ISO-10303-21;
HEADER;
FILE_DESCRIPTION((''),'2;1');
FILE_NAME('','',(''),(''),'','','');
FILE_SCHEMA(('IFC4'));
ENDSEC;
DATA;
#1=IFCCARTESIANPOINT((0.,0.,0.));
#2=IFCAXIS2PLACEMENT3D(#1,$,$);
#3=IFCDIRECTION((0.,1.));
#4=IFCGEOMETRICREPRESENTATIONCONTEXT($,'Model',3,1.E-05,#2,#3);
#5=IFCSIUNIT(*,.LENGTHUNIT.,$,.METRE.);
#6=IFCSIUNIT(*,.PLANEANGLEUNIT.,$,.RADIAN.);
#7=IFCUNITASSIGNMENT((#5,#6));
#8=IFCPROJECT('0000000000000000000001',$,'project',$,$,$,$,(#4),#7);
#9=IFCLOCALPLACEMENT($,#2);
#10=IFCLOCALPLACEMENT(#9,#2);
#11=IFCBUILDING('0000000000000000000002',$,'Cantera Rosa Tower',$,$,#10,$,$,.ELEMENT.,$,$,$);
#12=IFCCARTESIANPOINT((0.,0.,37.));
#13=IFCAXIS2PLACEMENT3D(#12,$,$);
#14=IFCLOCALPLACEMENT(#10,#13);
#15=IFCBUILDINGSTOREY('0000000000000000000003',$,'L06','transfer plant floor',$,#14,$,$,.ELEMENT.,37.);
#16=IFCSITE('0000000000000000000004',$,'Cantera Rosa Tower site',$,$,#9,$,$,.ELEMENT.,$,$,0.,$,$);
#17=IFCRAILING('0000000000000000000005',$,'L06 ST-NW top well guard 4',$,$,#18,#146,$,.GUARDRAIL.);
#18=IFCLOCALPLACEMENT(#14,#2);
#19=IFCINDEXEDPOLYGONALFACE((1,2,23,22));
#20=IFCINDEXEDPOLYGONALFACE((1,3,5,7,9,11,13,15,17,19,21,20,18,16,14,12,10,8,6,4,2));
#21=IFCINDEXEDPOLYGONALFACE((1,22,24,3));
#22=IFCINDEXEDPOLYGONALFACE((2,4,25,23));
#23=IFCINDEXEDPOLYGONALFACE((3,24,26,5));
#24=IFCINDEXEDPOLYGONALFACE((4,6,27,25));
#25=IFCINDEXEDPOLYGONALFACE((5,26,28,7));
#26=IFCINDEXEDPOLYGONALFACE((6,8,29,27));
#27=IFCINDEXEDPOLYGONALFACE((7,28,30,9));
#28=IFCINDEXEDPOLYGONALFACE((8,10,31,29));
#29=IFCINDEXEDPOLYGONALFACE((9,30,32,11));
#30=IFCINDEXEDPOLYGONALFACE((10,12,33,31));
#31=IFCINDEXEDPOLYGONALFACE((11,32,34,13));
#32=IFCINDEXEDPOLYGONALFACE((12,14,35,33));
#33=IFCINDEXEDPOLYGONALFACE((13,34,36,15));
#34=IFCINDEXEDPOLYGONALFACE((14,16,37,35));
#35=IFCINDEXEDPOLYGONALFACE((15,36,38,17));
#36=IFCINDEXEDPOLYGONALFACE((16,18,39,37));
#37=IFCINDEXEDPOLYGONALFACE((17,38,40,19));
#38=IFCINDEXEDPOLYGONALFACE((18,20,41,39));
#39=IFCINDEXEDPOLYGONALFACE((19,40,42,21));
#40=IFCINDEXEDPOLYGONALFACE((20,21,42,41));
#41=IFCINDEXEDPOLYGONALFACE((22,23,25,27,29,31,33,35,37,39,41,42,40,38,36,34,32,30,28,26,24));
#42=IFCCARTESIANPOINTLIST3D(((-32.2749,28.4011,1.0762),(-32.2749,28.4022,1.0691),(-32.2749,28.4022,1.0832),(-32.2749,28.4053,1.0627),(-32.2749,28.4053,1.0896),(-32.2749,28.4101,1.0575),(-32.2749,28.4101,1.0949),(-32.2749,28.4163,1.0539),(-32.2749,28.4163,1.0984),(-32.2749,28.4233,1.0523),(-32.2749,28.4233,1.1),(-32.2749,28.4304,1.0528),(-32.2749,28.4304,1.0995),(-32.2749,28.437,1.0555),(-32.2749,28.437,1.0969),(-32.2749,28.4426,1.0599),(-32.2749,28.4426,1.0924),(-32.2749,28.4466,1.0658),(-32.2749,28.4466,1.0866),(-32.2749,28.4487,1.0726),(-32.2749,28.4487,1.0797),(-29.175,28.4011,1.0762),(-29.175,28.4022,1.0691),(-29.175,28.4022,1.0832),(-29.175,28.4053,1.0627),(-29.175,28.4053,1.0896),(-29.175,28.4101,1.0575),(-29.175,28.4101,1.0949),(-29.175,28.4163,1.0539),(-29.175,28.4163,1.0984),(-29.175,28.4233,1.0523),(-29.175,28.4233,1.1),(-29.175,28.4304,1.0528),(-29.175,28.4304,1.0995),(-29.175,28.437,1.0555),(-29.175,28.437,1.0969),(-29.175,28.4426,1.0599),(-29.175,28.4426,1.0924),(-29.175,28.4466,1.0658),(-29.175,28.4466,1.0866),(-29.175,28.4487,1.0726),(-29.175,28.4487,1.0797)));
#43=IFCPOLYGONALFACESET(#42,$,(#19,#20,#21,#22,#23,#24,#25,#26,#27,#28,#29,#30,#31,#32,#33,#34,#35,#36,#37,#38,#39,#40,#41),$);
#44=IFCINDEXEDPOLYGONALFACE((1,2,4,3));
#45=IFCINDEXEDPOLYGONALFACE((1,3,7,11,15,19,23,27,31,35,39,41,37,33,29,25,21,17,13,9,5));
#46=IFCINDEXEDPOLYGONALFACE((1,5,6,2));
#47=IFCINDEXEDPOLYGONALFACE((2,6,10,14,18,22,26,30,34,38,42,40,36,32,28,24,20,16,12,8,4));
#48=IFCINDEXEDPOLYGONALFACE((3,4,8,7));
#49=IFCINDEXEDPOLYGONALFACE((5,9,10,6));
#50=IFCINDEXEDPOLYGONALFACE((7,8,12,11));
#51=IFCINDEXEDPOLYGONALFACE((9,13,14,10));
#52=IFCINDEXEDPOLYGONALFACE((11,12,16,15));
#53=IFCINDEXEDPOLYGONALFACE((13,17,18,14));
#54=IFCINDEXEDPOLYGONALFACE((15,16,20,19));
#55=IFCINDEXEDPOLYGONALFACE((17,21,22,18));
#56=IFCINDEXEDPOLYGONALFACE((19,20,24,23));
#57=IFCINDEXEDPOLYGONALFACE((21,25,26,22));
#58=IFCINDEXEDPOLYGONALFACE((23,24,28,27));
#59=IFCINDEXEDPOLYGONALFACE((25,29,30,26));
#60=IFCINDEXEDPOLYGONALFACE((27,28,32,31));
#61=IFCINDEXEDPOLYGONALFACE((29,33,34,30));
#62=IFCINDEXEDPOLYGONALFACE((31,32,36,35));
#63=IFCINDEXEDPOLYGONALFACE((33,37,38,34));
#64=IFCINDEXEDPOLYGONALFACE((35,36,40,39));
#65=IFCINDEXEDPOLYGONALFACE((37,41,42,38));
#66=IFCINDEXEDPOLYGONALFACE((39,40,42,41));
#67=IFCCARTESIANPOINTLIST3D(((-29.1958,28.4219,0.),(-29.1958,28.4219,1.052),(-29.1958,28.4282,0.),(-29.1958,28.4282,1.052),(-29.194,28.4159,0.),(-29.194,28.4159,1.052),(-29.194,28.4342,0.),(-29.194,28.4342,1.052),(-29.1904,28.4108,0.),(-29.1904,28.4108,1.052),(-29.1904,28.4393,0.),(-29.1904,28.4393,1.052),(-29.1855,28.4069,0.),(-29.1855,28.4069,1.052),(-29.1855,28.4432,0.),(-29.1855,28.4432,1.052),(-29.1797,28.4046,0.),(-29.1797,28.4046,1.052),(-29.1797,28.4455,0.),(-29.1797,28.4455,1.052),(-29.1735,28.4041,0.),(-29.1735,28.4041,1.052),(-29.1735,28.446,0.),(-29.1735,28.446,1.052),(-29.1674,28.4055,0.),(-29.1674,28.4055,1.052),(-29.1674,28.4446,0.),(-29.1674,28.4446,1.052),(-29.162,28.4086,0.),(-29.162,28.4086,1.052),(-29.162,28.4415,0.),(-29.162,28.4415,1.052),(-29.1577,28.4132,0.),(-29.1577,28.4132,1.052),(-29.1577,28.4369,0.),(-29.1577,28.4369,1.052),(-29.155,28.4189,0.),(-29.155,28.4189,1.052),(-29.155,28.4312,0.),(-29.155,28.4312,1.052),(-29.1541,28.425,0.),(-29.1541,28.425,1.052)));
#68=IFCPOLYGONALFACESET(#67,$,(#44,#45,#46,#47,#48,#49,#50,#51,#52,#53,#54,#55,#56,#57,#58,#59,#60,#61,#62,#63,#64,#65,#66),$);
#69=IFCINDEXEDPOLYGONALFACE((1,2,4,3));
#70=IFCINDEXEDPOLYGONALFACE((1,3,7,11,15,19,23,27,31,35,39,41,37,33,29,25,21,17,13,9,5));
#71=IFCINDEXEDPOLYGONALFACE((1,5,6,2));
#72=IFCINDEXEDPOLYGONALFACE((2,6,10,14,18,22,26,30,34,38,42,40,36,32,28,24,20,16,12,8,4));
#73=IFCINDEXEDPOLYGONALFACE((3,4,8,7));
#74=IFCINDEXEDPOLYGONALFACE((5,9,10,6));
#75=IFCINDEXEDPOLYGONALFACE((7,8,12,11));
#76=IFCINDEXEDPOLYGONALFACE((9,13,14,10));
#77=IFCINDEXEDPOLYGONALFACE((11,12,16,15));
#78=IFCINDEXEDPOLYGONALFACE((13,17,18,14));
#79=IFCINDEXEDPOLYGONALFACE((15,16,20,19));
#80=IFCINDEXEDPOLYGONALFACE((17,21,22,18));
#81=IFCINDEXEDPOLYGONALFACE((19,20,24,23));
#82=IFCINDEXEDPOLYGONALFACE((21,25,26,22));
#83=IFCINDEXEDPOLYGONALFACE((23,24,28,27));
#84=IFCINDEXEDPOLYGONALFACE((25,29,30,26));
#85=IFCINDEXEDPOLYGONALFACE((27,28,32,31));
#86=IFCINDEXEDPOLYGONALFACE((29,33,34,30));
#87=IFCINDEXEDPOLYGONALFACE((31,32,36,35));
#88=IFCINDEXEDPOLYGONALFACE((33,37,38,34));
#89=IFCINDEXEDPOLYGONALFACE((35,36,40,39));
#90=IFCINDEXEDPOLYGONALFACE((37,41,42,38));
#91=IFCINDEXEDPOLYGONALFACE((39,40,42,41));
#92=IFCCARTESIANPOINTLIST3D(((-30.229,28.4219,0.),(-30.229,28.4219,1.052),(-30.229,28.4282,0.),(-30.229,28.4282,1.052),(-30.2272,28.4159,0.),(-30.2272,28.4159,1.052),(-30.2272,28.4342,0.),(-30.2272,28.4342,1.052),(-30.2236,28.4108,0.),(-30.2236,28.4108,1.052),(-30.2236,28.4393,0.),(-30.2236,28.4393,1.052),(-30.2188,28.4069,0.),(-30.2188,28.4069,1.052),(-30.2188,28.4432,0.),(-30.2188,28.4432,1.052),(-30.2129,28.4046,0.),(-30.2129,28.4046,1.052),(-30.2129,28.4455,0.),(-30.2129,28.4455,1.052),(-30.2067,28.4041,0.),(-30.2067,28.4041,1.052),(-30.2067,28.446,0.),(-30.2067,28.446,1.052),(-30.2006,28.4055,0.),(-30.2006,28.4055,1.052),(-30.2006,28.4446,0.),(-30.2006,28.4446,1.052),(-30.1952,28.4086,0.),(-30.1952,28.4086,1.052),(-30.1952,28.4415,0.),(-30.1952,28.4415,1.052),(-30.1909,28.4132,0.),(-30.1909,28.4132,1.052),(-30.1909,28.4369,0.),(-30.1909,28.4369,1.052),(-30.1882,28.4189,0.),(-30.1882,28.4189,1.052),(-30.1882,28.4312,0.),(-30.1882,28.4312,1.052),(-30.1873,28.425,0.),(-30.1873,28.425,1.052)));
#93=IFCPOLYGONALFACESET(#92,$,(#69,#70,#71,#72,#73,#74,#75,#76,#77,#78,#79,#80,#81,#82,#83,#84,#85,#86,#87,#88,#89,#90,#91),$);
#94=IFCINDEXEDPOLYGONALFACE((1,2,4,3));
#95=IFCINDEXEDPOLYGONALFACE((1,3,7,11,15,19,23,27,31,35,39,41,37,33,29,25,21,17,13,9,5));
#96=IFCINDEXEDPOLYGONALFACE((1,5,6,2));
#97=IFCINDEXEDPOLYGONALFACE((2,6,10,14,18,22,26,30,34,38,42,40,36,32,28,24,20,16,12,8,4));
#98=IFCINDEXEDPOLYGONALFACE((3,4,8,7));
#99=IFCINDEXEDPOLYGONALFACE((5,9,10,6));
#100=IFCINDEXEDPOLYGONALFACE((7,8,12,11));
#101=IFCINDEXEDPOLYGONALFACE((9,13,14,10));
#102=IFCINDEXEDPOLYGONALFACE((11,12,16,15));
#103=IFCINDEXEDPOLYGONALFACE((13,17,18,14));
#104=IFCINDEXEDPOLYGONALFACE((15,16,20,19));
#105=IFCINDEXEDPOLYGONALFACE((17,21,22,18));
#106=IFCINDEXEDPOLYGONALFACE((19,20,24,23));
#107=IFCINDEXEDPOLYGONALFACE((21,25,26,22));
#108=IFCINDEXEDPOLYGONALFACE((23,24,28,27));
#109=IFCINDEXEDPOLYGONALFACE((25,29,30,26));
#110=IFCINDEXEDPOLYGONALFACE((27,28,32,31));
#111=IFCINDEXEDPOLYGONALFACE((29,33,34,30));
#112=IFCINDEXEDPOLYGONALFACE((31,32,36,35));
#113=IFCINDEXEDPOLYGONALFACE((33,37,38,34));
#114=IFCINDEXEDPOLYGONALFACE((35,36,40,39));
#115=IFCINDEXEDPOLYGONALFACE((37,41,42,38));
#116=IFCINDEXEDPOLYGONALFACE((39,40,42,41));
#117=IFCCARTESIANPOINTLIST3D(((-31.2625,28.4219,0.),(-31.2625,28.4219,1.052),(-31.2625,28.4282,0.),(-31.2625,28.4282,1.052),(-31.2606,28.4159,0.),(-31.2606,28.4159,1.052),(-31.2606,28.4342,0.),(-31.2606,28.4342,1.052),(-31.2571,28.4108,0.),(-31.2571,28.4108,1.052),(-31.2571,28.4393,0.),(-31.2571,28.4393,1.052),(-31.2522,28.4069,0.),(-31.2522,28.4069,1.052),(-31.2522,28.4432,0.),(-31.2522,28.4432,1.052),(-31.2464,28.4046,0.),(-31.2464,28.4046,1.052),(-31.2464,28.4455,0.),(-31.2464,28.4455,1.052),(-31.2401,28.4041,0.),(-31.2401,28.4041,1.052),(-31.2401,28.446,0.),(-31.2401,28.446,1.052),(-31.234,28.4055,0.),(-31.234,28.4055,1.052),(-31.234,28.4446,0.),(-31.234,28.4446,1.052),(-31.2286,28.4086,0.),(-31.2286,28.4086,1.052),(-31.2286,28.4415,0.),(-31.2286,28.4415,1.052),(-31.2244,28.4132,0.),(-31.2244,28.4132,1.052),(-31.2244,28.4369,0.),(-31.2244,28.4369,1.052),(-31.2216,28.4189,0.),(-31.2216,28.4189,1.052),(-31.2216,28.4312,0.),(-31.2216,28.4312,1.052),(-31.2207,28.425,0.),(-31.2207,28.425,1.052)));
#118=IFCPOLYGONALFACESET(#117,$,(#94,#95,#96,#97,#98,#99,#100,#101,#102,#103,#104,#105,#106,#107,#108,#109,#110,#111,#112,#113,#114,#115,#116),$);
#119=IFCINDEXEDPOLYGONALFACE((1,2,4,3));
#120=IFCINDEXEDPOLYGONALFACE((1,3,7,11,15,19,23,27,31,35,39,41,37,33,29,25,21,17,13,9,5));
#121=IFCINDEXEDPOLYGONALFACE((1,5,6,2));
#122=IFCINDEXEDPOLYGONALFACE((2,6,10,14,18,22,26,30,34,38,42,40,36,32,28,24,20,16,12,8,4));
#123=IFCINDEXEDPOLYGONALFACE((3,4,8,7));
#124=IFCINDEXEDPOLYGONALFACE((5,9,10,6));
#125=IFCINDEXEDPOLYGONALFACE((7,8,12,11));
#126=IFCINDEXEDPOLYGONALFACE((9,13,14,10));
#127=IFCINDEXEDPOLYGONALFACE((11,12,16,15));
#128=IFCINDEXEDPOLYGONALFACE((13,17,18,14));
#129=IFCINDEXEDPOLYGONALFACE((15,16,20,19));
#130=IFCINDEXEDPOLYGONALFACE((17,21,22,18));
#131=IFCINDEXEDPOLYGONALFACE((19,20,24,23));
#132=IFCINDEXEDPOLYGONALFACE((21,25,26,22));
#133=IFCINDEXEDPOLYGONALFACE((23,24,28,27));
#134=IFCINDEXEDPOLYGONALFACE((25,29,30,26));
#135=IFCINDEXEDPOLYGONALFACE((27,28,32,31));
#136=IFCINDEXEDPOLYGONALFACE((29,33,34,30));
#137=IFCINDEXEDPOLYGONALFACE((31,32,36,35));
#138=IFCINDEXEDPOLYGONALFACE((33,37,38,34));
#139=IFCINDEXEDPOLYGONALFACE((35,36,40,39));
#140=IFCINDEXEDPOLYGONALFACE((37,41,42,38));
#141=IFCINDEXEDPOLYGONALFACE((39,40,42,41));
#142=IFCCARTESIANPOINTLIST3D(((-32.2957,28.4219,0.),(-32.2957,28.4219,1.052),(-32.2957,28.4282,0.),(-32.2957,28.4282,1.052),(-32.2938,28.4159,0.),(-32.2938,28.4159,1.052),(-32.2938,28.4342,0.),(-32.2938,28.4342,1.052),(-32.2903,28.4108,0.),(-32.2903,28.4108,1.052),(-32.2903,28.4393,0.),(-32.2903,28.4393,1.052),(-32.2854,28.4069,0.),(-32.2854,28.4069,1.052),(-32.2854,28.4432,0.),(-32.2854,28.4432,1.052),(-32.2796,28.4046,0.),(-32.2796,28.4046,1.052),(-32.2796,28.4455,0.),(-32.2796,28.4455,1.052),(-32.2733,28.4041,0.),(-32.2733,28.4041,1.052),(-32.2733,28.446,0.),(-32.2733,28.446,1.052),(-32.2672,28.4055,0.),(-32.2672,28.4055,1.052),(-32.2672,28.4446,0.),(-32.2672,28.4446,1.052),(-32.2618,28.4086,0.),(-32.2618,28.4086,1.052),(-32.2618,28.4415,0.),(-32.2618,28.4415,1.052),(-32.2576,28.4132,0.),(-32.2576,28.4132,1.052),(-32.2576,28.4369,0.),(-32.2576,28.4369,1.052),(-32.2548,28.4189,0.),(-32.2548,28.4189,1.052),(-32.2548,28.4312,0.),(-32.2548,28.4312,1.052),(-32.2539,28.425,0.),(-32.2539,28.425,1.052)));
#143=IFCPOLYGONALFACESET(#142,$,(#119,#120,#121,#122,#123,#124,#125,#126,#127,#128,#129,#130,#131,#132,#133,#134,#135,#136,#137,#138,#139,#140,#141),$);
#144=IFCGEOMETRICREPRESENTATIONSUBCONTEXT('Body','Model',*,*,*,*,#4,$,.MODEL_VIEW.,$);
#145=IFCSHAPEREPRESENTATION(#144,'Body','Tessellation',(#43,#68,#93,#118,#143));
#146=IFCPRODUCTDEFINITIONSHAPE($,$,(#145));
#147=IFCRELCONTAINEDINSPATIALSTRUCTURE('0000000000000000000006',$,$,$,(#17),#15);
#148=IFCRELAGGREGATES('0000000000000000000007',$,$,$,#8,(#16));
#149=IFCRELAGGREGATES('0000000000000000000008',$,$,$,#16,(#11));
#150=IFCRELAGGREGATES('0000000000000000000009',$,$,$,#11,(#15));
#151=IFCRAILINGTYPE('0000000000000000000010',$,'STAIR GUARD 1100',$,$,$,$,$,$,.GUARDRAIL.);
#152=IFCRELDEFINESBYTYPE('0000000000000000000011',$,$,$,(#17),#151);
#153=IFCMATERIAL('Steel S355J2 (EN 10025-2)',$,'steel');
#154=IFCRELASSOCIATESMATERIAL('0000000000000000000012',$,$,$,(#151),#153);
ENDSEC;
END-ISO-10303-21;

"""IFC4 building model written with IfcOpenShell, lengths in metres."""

from ifc_helpers import new_model, si_unit, direction, frame, origin, origin_2d, place, context, subcontext, project, spatial, circle, extrude, material, type_object, element, save


model = new_model("IFC4")

# Units and contexts
model_context = context("Model", 3, precision=1e-05, world=origin(), true_north=direction((0.0, 1.0)))
body_context = subcontext(model_context, "Body", "Model", "MODEL_VIEW")
ifc_project = project(units=[si_unit("LENGTHUNIT", "METRE"), si_unit("PLANEANGLEUNIT", "RADIAN")], contexts=[model_context])

# Site, building, storey
site_placement = place(None, origin())
site = spatial("IfcSite", under=ifc_project, at=site_placement, Name="Cantera Rosa Tower site", CompositionType="ELEMENT", RefElevation=0.0)
building_placement = place(site_placement, origin())
building = spatial("IfcBuilding", under=site, at=building_placement, Name="Cantera Rosa Tower", CompositionType="ELEMENT")
storey_placement = place(building_placement, frame((0.0, 0.0, 37.0)))
storey = spatial("IfcBuildingStorey", under=building, at=storey_placement, Name="L06", Description="transfer plant floor", CompositionType="ELEMENT", Elevation=37.0)

# Railing
ifc_material_1 = material(Name="Steel S355J2 (EN 10025-2)", Category="steel")
railing_type = type_object("IfcRailingType", Name="STAIR GUARD 1100", PredefinedType="GUARDRAIL", material=ifc_material_1)
railing_1_placement = place(storey_placement, frame((-29.175, 28.425, 0.0)))
element("IfcRailing", 1, at=railing_1_placement, inside=storey, type_object=railing_type, Name="L06 ST-NW top well guard 4", PredefinedType="GUARDRAIL", context=body_context, shape_type="SweptSolid", body=[
    extrude(circle(Radius=0.0239, at=origin_2d()), frame((0.0, 0.0, 1.0762), z_axis=(-1.0, 0.0, 0.0), x_axis=(0.0, -1.0, 0.0)), (0.0, 0.0, 1.0), 3.0999),
    extrude(circle(Radius=0.021, at=origin_2d()), origin(), (0.0, 0.0, 1.0), 1.052),
    extrude(circle(Radius=0.021, at=origin_2d()), frame((-1.0332, 0.0, 0.0)), (0.0, 0.0, 1.0), 1.052),
    extrude(circle(Radius=0.021, at=origin_2d()), frame((-2.0667, 0.0, 0.0)), (0.0, 0.0, 1.0), 1.052),
    extrude(circle(Radius=0.021, at=origin_2d()), frame((-3.0999, 0.0, 0.0)), (0.0, 0.0, 1.0), 1.052),
])

save(model, "model.ifc")
